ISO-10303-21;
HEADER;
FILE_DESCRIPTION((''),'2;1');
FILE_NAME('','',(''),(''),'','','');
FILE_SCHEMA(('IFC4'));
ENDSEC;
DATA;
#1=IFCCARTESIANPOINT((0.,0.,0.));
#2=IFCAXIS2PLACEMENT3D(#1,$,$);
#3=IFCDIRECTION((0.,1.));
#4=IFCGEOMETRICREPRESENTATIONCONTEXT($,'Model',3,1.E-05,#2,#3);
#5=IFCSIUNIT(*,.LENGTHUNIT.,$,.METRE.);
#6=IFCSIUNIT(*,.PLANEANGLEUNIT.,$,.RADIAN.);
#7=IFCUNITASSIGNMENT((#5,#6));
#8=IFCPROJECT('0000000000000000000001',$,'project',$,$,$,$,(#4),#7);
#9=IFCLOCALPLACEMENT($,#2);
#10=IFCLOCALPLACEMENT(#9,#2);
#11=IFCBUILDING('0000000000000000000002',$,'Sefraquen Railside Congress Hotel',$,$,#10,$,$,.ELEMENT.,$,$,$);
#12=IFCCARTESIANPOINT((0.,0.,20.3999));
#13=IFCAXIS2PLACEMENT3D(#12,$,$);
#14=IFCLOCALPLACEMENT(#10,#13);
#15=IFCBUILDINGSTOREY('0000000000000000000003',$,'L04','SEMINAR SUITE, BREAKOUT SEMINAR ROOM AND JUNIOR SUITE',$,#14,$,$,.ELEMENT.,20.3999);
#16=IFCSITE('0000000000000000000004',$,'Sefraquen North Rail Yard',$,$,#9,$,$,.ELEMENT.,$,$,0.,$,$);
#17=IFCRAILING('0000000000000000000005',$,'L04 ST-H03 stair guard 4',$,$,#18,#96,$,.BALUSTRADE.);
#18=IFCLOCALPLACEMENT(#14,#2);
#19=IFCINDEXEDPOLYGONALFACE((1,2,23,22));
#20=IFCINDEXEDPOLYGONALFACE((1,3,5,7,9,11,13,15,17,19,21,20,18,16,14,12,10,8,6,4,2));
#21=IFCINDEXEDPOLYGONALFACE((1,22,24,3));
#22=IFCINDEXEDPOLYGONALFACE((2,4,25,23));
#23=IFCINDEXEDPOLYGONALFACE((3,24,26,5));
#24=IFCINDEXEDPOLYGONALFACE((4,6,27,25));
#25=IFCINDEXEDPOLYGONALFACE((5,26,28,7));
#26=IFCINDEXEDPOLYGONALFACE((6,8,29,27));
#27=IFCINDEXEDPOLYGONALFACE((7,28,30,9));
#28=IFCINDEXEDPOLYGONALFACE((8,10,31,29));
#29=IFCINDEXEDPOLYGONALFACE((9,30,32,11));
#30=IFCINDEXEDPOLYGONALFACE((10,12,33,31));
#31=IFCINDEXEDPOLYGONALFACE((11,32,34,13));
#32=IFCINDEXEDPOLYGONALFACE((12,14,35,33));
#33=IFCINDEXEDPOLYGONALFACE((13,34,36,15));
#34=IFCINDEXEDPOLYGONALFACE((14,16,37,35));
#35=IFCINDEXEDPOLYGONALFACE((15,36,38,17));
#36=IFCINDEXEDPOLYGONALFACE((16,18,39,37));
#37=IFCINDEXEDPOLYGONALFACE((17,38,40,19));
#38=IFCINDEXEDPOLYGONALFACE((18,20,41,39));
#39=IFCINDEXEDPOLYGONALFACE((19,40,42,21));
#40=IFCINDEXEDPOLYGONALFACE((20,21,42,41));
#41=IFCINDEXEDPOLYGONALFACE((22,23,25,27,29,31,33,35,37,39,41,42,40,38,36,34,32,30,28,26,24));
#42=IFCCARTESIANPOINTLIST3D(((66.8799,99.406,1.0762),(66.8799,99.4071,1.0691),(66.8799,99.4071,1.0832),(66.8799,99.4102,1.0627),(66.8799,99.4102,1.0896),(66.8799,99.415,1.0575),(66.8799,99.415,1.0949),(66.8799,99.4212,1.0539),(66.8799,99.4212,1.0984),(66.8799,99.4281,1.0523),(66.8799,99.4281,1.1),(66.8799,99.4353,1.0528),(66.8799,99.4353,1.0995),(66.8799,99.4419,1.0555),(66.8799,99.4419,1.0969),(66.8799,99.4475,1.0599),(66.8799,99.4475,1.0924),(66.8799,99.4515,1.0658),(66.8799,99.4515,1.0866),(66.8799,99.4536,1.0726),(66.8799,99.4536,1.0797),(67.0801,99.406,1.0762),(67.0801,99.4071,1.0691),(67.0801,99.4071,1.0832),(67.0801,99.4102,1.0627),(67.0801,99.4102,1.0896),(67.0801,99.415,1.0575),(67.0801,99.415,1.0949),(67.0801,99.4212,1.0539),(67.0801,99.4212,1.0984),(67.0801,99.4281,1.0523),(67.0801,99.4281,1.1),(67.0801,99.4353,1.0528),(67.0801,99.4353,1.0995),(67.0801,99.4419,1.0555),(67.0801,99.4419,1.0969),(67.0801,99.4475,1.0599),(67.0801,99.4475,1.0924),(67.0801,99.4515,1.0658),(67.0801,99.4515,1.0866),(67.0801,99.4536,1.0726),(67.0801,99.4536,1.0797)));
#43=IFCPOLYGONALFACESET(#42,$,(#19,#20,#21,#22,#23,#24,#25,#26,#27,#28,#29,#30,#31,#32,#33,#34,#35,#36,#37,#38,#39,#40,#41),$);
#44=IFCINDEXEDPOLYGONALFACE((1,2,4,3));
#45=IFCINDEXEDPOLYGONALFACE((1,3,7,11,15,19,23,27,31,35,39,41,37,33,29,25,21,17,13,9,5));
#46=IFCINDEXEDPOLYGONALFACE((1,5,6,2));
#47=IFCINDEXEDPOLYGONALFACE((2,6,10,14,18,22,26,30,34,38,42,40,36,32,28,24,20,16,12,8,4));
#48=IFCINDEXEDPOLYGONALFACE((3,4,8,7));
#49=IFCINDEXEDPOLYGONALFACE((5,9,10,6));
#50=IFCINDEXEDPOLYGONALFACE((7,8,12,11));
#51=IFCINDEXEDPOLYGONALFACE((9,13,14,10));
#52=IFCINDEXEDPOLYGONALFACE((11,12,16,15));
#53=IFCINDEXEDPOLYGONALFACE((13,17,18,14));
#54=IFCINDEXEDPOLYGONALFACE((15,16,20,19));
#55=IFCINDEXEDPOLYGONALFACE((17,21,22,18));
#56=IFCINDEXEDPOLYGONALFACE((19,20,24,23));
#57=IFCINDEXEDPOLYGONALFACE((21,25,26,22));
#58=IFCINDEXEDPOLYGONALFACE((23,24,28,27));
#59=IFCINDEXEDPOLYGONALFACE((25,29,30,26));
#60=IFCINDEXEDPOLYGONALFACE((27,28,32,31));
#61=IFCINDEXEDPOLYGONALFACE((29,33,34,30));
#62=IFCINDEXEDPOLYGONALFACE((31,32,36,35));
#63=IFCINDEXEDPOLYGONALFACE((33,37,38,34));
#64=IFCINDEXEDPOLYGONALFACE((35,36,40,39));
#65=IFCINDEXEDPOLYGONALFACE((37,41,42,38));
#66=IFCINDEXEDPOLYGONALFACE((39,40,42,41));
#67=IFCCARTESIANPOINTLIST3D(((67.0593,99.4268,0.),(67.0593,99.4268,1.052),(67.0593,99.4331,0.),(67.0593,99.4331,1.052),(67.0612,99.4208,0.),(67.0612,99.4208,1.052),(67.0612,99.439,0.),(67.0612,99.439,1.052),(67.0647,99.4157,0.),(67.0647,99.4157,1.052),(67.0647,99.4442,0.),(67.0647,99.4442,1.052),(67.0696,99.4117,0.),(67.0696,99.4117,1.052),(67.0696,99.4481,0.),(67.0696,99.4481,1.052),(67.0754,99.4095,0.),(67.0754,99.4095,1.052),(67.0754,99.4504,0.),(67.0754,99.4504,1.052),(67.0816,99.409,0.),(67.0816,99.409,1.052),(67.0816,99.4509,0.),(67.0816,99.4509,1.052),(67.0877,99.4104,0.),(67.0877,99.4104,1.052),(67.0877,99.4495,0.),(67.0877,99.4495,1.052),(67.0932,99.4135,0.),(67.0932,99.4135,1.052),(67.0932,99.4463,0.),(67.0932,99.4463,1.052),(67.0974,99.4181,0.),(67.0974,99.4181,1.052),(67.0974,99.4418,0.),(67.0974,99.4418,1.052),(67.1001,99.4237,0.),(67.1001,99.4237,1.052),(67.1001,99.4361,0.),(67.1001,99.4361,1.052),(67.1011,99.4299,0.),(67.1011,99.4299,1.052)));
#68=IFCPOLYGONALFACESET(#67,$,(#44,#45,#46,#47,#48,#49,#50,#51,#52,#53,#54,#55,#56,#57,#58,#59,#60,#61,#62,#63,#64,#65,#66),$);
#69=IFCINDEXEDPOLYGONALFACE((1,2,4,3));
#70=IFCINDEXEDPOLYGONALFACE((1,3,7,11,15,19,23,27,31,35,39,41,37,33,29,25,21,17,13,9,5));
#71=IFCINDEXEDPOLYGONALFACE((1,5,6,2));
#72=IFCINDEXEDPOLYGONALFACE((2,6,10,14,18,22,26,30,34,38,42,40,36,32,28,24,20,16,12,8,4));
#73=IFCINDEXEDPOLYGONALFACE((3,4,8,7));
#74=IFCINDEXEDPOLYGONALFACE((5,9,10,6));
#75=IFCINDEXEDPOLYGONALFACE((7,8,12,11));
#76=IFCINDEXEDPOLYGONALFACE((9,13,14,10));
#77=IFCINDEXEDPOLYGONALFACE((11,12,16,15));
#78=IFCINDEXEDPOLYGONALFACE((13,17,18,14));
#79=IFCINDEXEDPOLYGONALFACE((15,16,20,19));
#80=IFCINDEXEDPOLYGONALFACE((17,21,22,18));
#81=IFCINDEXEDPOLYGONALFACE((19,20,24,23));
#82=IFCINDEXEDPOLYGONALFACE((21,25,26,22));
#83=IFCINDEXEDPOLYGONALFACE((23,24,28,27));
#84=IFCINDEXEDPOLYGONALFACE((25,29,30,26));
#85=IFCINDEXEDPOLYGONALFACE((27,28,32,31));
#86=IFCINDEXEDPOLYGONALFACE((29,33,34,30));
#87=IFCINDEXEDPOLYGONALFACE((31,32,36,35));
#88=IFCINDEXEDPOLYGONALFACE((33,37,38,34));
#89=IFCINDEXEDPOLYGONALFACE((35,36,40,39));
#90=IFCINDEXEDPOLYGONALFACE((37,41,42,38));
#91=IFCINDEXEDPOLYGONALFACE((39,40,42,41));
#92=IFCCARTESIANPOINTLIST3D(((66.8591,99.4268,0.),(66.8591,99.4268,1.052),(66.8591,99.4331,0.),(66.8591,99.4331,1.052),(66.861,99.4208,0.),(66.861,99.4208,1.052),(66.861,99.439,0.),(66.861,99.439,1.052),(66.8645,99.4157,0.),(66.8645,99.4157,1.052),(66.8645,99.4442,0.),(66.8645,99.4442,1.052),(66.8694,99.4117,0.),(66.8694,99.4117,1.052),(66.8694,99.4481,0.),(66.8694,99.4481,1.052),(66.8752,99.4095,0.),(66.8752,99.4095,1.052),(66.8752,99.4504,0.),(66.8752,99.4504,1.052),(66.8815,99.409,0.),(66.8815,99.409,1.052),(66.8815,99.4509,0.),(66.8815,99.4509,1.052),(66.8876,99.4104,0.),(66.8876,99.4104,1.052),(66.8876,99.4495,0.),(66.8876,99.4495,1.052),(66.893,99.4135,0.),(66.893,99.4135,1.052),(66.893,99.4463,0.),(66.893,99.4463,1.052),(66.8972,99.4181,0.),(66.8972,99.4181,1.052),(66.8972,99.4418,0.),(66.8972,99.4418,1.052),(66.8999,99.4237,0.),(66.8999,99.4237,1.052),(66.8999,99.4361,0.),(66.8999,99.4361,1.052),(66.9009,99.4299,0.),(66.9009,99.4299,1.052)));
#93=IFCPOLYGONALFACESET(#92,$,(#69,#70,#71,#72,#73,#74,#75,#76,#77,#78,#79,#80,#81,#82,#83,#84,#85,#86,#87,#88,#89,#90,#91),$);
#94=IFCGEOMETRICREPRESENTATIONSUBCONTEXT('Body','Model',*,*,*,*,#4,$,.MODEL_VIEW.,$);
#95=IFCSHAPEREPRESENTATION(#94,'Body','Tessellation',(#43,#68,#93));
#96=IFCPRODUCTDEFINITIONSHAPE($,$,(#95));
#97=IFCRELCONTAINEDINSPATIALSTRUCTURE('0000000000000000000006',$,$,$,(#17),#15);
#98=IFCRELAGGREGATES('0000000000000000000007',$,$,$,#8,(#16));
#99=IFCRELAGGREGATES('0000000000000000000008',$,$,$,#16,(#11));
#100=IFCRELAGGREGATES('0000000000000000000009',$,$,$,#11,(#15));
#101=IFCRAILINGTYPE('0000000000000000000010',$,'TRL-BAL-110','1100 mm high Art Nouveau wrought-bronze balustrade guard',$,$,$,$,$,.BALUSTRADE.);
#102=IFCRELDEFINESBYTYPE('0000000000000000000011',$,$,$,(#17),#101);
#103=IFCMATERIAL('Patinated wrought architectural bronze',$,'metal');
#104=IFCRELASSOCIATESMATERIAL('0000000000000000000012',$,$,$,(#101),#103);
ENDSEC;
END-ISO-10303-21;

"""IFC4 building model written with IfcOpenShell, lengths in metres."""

from ifc_helpers import new_model, si_unit, direction, frame, origin, origin_2d, place, context, subcontext, project, spatial, circle, extrude, material, type_object, element, save


model = new_model("IFC4")

# Units and contexts
model_context = context("Model", 3, precision=1e-05, world=origin(), true_north=direction((0.0, 1.0)))
body_context = subcontext(model_context, "Body", "Model", "MODEL_VIEW")
ifc_project = project(units=[si_unit("LENGTHUNIT", "METRE"), si_unit("PLANEANGLEUNIT", "RADIAN")], contexts=[model_context])

# Site, building, storey
site_placement = place(None, origin())
site = spatial("IfcSite", under=ifc_project, at=site_placement, Name="Sefraquen North Rail Yard", CompositionType="ELEMENT", RefElevation=0.0)
building_placement = place(site_placement, origin())
building = spatial("IfcBuilding", under=site, at=building_placement, Name="Sefraquen Railside Congress Hotel", CompositionType="ELEMENT")
storey_placement = place(building_placement, frame((0.0, 0.0, 20.3999)))
storey = spatial("IfcBuildingStorey", under=building, at=storey_placement, Name="L04", Description="SEMINAR SUITE, BREAKOUT SEMINAR ROOM AND JUNIOR SUITE", CompositionType="ELEMENT", Elevation=20.3999)

# Railing
ifc_material_1 = material(Name="Patinated wrought architectural bronze", Category="metal")
railing_type_1 = type_object("IfcRailingType", Name="TRL-BAL-110", Description="1100 mm high Art Nouveau wrought-bronze balustrade guard", PredefinedType="BALUSTRADE", material=ifc_material_1)
railing_1_placement = place(storey_placement, frame((67.0801, 99.4299, 0.0)))
element("IfcRailing", 1, at=railing_1_placement, inside=storey, type_object=railing_type_1, Name="L04 ST-H03 stair guard 4", PredefinedType="BALUSTRADE", context=body_context, shape_type="SweptSolid", body=[
    extrude(circle(Radius=0.0239, at=origin_2d()), frame((0.0, 0.0, 1.0762), z_axis=(-1.0, 0.0, 0.0), x_axis=(0.0, -1.0, 0.0)), (0.0, 0.0, 1.0), 0.2002),
    extrude(circle(Radius=0.021, at=origin_2d()), origin(), (0.0, 0.0, 1.0), 1.052),
    extrude(circle(Radius=0.021, at=origin_2d()), frame((-0.2002, 0.0, 0.0)), (0.0, 0.0, 1.0), 1.052),
])

save(model, "model.ifc")
